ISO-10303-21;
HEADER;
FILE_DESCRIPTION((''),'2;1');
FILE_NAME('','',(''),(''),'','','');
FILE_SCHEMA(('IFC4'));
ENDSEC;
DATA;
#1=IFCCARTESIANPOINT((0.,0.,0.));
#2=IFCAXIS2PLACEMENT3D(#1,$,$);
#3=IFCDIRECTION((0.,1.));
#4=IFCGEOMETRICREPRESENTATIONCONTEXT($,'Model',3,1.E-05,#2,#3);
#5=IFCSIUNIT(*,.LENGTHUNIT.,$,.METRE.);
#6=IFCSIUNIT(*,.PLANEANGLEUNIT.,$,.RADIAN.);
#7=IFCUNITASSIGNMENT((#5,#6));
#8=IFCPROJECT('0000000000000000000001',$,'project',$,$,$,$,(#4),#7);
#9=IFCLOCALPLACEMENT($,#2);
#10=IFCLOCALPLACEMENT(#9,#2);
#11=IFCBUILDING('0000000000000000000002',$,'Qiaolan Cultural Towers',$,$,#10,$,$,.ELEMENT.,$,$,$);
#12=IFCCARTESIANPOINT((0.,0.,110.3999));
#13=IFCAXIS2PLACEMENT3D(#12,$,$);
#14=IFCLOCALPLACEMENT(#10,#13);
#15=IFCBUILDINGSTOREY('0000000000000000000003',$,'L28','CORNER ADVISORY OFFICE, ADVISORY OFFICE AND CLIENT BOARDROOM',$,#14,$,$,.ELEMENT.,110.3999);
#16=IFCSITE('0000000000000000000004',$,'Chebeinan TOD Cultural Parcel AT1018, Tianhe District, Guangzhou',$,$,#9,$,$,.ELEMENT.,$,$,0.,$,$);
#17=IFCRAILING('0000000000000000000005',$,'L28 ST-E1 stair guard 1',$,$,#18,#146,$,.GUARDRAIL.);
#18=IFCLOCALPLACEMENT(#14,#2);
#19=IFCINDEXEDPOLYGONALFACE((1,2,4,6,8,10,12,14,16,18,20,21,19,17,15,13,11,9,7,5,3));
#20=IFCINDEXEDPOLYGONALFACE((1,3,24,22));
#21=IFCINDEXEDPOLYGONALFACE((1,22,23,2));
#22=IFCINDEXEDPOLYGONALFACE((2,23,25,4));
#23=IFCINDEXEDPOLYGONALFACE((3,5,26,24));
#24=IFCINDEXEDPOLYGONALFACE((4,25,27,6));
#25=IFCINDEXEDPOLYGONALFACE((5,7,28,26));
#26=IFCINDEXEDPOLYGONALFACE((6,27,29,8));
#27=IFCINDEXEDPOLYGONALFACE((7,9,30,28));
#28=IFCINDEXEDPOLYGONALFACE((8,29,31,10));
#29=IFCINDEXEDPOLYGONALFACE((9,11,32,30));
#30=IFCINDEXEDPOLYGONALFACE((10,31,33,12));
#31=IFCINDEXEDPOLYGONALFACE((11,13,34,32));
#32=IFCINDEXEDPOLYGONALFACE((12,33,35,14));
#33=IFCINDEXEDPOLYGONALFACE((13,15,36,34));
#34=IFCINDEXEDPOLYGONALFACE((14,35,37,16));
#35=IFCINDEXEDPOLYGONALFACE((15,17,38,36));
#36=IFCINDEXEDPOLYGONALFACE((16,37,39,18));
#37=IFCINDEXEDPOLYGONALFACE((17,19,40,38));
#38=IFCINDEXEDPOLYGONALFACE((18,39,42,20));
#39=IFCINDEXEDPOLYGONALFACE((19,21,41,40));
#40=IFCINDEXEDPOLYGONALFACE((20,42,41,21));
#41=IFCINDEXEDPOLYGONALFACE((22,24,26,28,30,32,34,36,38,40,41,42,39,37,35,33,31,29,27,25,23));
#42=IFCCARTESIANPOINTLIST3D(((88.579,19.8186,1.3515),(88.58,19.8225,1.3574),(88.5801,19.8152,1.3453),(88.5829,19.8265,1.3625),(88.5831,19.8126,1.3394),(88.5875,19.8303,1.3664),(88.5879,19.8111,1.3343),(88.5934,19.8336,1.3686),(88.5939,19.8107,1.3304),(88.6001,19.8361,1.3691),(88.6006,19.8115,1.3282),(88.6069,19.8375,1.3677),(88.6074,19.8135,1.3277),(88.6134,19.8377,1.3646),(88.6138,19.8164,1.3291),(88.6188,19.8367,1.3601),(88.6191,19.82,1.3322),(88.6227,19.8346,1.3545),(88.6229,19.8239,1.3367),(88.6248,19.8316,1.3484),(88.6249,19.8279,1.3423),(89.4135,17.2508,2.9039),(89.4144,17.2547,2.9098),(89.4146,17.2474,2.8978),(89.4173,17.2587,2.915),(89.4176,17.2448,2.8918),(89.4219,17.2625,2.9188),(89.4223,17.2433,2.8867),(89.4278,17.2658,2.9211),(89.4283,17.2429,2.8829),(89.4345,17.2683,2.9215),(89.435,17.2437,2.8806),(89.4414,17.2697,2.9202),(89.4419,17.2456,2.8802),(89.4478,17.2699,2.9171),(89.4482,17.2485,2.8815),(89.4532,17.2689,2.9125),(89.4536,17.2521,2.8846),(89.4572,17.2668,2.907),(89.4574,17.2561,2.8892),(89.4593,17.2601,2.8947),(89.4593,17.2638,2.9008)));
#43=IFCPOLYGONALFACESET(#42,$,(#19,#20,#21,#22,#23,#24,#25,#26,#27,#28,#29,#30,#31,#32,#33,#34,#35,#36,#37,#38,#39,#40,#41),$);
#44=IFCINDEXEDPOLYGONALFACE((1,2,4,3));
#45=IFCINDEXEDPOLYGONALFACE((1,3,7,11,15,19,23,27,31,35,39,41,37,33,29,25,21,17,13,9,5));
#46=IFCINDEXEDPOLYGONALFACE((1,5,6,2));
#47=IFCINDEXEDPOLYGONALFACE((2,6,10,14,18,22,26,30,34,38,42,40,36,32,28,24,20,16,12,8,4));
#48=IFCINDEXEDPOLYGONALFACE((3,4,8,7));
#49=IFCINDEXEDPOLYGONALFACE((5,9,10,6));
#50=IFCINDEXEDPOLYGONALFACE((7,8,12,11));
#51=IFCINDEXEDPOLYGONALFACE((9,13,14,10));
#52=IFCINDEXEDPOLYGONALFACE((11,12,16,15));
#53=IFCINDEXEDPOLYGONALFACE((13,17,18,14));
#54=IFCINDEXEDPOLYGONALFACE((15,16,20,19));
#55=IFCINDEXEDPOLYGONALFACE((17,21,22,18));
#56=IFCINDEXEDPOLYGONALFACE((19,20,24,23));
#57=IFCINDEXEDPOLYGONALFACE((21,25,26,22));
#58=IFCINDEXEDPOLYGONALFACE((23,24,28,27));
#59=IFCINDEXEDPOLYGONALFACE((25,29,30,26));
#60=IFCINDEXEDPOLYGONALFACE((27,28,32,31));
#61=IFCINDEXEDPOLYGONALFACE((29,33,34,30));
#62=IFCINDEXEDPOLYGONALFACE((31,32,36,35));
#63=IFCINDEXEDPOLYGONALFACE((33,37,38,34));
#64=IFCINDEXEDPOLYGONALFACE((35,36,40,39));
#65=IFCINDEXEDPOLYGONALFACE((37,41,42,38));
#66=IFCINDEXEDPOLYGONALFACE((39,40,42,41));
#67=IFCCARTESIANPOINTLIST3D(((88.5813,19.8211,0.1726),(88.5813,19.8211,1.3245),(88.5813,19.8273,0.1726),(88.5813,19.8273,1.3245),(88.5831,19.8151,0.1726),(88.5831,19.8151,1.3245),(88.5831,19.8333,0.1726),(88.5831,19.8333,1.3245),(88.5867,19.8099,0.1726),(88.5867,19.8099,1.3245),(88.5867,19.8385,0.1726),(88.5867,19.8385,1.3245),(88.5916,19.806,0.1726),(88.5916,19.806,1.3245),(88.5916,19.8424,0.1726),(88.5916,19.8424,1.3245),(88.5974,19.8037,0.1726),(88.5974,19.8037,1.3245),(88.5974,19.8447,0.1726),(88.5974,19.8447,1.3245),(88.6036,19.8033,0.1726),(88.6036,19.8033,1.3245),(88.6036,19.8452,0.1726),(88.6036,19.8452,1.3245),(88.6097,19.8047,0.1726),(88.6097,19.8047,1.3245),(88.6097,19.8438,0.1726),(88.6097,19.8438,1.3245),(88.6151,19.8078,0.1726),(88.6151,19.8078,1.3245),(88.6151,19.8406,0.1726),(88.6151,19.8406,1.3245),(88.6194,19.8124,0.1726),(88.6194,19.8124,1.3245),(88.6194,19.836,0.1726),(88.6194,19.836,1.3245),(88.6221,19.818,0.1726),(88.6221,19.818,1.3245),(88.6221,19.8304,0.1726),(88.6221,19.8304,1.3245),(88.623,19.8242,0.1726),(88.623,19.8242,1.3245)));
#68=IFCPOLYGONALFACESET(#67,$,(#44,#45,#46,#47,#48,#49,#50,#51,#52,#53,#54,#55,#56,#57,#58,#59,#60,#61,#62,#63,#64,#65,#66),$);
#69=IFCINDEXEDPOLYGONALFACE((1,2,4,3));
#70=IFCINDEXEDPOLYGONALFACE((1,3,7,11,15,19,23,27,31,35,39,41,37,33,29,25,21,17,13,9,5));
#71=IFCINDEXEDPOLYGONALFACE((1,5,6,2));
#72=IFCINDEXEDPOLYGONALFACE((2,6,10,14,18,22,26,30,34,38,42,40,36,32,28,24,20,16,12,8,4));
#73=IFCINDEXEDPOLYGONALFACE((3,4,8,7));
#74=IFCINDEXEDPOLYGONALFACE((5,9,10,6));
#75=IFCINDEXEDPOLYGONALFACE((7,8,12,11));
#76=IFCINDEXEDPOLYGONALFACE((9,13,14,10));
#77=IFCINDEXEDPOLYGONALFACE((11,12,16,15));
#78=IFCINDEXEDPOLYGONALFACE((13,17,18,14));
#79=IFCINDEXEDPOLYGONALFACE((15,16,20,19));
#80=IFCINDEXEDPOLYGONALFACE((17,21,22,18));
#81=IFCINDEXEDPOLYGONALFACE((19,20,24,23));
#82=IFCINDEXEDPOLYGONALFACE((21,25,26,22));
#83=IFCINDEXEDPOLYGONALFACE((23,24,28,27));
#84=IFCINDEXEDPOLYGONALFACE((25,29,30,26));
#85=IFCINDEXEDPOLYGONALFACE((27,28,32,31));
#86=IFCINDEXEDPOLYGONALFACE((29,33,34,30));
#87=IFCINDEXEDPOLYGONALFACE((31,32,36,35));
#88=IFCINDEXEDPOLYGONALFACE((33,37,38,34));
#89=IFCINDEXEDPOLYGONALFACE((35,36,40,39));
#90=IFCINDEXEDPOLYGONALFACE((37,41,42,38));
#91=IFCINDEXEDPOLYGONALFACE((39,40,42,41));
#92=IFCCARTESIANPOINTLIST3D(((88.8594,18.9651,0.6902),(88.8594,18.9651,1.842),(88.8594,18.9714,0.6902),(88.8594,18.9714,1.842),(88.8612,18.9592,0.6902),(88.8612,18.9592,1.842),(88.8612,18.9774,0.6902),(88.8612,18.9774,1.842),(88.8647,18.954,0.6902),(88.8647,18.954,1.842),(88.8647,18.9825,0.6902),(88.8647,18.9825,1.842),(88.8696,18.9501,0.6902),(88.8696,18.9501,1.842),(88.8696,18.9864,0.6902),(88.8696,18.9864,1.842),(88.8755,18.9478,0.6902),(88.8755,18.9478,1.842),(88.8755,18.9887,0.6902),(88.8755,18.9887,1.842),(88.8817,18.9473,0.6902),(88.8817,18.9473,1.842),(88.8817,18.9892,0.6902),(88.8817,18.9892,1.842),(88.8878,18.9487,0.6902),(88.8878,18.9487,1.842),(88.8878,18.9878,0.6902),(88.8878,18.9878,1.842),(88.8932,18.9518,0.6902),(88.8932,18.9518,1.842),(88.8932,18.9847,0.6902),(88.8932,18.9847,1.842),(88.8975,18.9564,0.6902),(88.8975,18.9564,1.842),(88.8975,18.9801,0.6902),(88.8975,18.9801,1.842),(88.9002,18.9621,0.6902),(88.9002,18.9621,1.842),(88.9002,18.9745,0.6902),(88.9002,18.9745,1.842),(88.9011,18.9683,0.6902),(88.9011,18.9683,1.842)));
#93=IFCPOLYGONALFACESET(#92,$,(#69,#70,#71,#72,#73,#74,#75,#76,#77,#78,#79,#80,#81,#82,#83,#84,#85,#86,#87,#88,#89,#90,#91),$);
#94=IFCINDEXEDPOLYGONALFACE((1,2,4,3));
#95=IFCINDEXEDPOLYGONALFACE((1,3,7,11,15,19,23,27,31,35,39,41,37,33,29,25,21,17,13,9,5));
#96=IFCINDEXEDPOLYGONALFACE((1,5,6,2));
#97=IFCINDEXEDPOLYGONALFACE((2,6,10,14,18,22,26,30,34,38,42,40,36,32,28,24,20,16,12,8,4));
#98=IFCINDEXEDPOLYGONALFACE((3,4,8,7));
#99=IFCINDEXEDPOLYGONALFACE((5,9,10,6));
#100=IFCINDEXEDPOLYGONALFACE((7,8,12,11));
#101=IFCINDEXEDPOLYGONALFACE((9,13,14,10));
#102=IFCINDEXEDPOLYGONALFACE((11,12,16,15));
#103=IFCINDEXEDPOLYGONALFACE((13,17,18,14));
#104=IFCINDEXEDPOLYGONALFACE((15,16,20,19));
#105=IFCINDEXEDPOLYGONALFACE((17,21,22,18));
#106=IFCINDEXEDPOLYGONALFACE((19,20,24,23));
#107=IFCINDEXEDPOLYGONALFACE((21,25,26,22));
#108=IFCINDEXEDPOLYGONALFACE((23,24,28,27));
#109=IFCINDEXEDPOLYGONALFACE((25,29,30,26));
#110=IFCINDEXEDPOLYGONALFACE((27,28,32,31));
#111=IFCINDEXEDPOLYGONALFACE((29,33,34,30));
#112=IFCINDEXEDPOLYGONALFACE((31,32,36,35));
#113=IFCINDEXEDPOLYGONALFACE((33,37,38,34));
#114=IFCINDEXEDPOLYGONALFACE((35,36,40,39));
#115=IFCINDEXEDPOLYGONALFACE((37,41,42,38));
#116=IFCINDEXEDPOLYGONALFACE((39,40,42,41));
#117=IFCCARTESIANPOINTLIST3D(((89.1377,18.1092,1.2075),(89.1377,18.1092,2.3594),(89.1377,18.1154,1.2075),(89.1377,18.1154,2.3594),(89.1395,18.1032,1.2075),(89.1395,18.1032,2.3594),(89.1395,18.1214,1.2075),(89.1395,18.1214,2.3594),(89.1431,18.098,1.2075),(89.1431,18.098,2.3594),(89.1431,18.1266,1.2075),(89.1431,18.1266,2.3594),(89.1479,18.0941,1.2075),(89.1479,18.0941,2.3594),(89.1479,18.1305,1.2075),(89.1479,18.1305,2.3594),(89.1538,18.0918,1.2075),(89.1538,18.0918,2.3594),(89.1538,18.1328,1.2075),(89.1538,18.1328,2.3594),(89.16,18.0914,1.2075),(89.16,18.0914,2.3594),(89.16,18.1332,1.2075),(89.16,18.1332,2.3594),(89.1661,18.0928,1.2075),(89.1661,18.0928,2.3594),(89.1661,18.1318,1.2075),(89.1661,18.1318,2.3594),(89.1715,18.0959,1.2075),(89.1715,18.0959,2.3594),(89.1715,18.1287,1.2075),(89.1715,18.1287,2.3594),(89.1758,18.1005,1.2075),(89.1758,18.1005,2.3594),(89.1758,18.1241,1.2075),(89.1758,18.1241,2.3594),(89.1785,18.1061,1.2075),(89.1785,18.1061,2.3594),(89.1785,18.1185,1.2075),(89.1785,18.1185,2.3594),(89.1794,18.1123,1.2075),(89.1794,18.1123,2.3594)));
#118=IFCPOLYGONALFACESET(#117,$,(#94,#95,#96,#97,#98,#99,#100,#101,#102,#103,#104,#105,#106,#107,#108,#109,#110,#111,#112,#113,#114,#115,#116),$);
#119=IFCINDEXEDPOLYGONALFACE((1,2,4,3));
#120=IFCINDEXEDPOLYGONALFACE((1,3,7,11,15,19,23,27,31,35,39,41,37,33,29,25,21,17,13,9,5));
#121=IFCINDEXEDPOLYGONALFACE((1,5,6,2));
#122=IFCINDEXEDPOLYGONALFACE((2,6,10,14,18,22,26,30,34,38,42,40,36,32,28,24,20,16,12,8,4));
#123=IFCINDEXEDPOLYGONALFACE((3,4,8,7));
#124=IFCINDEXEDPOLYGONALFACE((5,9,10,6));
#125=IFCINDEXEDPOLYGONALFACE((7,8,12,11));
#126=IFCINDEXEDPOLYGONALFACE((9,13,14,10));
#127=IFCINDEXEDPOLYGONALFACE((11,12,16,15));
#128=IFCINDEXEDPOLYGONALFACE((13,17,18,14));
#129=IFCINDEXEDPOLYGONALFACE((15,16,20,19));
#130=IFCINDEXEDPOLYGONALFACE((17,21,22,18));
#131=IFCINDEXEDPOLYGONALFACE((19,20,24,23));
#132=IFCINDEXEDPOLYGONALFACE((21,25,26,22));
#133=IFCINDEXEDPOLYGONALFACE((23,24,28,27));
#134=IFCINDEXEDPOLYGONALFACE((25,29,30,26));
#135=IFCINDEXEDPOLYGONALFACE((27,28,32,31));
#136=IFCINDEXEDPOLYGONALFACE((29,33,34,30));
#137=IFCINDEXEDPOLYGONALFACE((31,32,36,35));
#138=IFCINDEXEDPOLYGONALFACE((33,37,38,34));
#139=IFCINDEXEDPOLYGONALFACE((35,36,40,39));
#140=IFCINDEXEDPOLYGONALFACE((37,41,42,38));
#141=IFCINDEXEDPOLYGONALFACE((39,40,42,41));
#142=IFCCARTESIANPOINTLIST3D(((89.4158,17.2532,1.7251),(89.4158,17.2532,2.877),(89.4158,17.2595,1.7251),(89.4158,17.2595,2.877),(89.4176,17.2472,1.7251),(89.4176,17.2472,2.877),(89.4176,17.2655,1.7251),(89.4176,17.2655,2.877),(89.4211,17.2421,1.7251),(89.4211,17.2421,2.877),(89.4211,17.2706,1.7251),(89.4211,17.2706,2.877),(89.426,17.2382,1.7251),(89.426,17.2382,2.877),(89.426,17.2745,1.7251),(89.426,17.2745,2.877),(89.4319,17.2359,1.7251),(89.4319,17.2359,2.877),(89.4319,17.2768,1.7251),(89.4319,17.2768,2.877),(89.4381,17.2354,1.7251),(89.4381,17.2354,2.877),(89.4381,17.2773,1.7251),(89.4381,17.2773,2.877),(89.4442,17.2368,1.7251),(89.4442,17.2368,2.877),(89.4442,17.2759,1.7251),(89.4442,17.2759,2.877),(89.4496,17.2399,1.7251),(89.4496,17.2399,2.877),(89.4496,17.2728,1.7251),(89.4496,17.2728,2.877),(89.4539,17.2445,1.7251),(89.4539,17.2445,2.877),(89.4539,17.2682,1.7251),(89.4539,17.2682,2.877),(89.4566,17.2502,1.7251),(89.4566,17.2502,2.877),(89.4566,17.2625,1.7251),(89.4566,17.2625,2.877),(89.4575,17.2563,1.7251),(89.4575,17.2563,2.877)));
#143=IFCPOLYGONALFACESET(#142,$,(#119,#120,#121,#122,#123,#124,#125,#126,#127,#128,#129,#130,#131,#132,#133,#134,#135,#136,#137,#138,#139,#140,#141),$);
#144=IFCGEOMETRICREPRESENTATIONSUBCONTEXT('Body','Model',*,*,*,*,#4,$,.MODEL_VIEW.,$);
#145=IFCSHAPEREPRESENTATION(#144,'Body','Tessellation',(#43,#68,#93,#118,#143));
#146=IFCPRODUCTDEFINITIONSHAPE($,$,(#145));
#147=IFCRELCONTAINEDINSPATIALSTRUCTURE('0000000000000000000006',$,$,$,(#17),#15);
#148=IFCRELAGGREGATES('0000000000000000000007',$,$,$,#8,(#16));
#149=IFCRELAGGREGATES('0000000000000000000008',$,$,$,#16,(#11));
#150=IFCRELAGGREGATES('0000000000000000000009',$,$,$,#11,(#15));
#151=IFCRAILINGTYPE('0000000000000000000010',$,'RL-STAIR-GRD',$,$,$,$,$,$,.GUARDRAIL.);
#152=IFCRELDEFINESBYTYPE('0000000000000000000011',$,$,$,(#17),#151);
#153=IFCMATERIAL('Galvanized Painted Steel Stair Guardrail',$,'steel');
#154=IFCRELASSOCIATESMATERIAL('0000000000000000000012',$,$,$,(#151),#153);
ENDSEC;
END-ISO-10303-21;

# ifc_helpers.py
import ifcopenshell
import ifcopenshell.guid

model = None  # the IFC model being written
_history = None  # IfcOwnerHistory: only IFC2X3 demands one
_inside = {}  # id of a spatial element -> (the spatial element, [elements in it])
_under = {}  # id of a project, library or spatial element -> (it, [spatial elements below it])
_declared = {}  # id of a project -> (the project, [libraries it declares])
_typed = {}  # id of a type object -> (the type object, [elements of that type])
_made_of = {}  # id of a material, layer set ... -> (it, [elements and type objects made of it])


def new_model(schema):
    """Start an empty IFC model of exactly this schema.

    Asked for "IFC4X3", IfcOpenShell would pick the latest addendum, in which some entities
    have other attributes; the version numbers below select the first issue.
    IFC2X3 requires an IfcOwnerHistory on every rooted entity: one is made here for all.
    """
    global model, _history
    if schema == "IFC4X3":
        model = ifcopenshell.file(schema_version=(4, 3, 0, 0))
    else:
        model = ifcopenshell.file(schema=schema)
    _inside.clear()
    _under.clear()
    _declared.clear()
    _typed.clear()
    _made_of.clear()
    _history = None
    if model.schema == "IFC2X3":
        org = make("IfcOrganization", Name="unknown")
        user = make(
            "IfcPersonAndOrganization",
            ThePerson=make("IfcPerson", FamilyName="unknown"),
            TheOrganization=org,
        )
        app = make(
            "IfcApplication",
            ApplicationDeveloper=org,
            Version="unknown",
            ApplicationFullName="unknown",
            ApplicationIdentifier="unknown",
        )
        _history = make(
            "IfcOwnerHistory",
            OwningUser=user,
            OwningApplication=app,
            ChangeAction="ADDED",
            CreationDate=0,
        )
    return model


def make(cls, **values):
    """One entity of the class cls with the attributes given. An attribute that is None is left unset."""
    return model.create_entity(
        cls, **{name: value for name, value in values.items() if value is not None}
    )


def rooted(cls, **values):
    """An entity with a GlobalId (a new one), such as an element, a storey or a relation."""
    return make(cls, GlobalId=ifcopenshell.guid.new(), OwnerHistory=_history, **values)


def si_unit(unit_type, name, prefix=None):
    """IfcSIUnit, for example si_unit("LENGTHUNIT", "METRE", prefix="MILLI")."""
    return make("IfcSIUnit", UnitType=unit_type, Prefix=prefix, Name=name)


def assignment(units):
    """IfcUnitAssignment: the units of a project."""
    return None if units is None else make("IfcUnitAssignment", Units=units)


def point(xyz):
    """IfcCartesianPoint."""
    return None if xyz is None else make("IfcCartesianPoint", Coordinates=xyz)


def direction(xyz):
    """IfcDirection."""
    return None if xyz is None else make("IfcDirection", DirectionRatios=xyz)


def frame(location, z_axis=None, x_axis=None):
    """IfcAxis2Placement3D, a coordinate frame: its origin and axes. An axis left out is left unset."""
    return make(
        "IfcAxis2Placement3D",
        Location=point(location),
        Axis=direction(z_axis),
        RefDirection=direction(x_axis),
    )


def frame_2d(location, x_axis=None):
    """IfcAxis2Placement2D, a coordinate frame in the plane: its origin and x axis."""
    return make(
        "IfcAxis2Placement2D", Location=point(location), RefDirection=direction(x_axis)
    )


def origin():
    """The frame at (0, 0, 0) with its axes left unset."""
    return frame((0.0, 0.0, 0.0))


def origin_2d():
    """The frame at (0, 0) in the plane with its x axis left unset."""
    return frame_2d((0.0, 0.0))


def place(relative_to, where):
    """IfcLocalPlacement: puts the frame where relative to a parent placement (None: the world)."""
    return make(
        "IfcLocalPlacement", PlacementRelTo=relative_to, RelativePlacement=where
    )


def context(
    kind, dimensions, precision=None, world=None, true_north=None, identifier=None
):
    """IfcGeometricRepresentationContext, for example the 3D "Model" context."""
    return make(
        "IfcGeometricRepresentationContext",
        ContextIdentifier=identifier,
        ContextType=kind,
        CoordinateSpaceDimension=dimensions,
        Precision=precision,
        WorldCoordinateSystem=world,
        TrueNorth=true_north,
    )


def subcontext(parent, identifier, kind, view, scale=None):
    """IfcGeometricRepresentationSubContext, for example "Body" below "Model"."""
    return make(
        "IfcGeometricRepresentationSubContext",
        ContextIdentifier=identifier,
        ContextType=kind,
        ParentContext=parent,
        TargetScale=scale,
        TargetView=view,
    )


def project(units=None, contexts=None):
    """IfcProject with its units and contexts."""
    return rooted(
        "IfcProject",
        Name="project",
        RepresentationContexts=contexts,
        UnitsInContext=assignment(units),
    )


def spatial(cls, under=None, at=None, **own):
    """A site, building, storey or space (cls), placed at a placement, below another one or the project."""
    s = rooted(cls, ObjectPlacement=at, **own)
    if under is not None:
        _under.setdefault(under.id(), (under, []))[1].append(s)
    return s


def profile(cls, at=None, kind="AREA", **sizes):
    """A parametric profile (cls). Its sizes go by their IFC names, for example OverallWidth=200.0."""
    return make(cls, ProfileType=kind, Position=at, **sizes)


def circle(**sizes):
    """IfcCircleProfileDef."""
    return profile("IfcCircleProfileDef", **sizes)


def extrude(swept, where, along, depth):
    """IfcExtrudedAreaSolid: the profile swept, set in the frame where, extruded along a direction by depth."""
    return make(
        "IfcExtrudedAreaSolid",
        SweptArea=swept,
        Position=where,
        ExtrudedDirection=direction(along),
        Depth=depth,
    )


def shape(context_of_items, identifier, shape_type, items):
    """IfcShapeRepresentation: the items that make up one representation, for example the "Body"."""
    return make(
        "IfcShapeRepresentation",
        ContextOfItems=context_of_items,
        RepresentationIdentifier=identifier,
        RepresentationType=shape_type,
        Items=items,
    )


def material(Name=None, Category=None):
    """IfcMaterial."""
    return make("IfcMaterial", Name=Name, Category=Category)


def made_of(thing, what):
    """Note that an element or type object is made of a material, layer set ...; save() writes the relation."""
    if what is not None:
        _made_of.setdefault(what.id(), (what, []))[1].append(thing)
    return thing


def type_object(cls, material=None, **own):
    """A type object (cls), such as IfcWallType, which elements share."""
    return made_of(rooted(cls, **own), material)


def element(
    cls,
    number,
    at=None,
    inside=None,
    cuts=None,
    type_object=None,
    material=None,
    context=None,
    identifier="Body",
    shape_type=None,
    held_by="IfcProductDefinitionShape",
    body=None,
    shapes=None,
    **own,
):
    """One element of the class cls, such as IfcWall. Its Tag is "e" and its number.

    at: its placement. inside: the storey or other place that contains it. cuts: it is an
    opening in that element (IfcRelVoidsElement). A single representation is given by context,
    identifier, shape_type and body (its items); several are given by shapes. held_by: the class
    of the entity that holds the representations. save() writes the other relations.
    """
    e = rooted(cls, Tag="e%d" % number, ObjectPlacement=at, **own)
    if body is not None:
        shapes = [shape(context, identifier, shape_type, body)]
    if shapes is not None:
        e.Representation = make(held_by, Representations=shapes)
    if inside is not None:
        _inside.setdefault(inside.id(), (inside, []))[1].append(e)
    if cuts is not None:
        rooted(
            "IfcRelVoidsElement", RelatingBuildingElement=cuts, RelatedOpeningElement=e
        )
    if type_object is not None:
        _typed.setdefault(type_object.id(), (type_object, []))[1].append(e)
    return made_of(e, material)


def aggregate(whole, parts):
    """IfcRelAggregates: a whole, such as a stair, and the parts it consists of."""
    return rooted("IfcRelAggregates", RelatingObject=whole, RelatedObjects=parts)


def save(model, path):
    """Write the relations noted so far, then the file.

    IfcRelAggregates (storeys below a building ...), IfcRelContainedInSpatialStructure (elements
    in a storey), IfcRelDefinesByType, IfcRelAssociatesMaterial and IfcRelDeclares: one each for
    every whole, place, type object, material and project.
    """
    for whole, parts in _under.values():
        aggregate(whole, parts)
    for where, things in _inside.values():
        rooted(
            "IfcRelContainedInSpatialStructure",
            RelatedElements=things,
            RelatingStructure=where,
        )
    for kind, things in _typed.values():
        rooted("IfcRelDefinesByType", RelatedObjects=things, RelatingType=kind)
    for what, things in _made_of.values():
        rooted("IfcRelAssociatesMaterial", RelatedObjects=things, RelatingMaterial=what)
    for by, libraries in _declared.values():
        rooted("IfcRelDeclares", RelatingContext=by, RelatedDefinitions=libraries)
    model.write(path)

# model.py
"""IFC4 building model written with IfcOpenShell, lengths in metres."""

from ifc_helpers import new_model, si_unit, direction, frame, origin, origin_2d, place, context, subcontext, project, spatial, circle, extrude, material, type_object, element, save


model = new_model("IFC4")

# Units and contexts
model_context = context("Model", 3, precision=1e-05, world=origin(), true_north=direction((0.0, 1.0)))
body_context = subcontext(model_context, "Body", "Model", "MODEL_VIEW")
ifc_project = project(units=[si_unit("LENGTHUNIT", "METRE"), si_unit("PLANEANGLEUNIT", "RADIAN")], contexts=[model_context])

# Site, building, storey
site_placement = place(None, origin())
site = spatial("IfcSite", under=ifc_project, at=site_placement, Name="Chebeinan TOD Cultural Parcel AT1018, Tianhe District, Guangzhou", CompositionType="ELEMENT", RefElevation=0.0)
building_placement = place(site_placement, origin())
building = spatial("IfcBuilding", under=site, at=building_placement, Name="Qiaolan Cultural Towers", CompositionType="ELEMENT")
storey_placement = place(building_placement, frame((0.0, 0.0, 110.3999)))
storey = spatial("IfcBuildingStorey", under=building, at=storey_placement, Name="L28", Description="CORNER ADVISORY OFFICE, ADVISORY OFFICE AND CLIENT BOARDROOM", CompositionType="ELEMENT", Elevation=110.3999)

# Railing
ifc_material_1 = material(Name="Galvanized Painted Steel Stair Guardrail", Category="steel")
railing_type_1 = type_object("IfcRailingType", Name="RL-STAIR-GRD", PredefinedType="GUARDRAIL", material=ifc_material_1)
railing_1_placement = place(storey_placement, frame((88.6021, 19.8242, 0.1726)))
element("IfcRailing", 1, at=railing_1_placement, inside=storey, type_object=railing_type_1, Name="L28 ST-E1 stair guard 1", PredefinedType="GUARDRAIL", context=body_context, shape_type="SweptSolid", body=[
    extrude(circle(Radius=0.0239, at=origin_2d()), frame((0.0, 0.0, 1.1758), z_axis=(0.267926, -0.824471, 0.498461), x_axis=(0.951043, 0.309057, 0.0)), (0.0, 0.0, 1.0), 3.1145),
    extrude(circle(Radius=0.021, at=origin_2d()), origin(), (0.0, 0.0, 1.0), 1.1519),
    extrude(circle(Radius=0.021, at=origin_2d()), frame((0.2781, -0.856, 0.5176)), (0.0, 0.0, 1.0), 1.1519),
    extrude(circle(Radius=0.021, at=origin_2d()), frame((0.5564, -1.7119, 1.0349)), (0.0, 0.0, 1.0), 1.1519),
    extrude(circle(Radius=0.021, at=origin_2d()), frame((0.8345, -2.5679, 1.5525)), (0.0, 0.0, 1.0), 1.1519),
])

save(model, "model.ifc")
